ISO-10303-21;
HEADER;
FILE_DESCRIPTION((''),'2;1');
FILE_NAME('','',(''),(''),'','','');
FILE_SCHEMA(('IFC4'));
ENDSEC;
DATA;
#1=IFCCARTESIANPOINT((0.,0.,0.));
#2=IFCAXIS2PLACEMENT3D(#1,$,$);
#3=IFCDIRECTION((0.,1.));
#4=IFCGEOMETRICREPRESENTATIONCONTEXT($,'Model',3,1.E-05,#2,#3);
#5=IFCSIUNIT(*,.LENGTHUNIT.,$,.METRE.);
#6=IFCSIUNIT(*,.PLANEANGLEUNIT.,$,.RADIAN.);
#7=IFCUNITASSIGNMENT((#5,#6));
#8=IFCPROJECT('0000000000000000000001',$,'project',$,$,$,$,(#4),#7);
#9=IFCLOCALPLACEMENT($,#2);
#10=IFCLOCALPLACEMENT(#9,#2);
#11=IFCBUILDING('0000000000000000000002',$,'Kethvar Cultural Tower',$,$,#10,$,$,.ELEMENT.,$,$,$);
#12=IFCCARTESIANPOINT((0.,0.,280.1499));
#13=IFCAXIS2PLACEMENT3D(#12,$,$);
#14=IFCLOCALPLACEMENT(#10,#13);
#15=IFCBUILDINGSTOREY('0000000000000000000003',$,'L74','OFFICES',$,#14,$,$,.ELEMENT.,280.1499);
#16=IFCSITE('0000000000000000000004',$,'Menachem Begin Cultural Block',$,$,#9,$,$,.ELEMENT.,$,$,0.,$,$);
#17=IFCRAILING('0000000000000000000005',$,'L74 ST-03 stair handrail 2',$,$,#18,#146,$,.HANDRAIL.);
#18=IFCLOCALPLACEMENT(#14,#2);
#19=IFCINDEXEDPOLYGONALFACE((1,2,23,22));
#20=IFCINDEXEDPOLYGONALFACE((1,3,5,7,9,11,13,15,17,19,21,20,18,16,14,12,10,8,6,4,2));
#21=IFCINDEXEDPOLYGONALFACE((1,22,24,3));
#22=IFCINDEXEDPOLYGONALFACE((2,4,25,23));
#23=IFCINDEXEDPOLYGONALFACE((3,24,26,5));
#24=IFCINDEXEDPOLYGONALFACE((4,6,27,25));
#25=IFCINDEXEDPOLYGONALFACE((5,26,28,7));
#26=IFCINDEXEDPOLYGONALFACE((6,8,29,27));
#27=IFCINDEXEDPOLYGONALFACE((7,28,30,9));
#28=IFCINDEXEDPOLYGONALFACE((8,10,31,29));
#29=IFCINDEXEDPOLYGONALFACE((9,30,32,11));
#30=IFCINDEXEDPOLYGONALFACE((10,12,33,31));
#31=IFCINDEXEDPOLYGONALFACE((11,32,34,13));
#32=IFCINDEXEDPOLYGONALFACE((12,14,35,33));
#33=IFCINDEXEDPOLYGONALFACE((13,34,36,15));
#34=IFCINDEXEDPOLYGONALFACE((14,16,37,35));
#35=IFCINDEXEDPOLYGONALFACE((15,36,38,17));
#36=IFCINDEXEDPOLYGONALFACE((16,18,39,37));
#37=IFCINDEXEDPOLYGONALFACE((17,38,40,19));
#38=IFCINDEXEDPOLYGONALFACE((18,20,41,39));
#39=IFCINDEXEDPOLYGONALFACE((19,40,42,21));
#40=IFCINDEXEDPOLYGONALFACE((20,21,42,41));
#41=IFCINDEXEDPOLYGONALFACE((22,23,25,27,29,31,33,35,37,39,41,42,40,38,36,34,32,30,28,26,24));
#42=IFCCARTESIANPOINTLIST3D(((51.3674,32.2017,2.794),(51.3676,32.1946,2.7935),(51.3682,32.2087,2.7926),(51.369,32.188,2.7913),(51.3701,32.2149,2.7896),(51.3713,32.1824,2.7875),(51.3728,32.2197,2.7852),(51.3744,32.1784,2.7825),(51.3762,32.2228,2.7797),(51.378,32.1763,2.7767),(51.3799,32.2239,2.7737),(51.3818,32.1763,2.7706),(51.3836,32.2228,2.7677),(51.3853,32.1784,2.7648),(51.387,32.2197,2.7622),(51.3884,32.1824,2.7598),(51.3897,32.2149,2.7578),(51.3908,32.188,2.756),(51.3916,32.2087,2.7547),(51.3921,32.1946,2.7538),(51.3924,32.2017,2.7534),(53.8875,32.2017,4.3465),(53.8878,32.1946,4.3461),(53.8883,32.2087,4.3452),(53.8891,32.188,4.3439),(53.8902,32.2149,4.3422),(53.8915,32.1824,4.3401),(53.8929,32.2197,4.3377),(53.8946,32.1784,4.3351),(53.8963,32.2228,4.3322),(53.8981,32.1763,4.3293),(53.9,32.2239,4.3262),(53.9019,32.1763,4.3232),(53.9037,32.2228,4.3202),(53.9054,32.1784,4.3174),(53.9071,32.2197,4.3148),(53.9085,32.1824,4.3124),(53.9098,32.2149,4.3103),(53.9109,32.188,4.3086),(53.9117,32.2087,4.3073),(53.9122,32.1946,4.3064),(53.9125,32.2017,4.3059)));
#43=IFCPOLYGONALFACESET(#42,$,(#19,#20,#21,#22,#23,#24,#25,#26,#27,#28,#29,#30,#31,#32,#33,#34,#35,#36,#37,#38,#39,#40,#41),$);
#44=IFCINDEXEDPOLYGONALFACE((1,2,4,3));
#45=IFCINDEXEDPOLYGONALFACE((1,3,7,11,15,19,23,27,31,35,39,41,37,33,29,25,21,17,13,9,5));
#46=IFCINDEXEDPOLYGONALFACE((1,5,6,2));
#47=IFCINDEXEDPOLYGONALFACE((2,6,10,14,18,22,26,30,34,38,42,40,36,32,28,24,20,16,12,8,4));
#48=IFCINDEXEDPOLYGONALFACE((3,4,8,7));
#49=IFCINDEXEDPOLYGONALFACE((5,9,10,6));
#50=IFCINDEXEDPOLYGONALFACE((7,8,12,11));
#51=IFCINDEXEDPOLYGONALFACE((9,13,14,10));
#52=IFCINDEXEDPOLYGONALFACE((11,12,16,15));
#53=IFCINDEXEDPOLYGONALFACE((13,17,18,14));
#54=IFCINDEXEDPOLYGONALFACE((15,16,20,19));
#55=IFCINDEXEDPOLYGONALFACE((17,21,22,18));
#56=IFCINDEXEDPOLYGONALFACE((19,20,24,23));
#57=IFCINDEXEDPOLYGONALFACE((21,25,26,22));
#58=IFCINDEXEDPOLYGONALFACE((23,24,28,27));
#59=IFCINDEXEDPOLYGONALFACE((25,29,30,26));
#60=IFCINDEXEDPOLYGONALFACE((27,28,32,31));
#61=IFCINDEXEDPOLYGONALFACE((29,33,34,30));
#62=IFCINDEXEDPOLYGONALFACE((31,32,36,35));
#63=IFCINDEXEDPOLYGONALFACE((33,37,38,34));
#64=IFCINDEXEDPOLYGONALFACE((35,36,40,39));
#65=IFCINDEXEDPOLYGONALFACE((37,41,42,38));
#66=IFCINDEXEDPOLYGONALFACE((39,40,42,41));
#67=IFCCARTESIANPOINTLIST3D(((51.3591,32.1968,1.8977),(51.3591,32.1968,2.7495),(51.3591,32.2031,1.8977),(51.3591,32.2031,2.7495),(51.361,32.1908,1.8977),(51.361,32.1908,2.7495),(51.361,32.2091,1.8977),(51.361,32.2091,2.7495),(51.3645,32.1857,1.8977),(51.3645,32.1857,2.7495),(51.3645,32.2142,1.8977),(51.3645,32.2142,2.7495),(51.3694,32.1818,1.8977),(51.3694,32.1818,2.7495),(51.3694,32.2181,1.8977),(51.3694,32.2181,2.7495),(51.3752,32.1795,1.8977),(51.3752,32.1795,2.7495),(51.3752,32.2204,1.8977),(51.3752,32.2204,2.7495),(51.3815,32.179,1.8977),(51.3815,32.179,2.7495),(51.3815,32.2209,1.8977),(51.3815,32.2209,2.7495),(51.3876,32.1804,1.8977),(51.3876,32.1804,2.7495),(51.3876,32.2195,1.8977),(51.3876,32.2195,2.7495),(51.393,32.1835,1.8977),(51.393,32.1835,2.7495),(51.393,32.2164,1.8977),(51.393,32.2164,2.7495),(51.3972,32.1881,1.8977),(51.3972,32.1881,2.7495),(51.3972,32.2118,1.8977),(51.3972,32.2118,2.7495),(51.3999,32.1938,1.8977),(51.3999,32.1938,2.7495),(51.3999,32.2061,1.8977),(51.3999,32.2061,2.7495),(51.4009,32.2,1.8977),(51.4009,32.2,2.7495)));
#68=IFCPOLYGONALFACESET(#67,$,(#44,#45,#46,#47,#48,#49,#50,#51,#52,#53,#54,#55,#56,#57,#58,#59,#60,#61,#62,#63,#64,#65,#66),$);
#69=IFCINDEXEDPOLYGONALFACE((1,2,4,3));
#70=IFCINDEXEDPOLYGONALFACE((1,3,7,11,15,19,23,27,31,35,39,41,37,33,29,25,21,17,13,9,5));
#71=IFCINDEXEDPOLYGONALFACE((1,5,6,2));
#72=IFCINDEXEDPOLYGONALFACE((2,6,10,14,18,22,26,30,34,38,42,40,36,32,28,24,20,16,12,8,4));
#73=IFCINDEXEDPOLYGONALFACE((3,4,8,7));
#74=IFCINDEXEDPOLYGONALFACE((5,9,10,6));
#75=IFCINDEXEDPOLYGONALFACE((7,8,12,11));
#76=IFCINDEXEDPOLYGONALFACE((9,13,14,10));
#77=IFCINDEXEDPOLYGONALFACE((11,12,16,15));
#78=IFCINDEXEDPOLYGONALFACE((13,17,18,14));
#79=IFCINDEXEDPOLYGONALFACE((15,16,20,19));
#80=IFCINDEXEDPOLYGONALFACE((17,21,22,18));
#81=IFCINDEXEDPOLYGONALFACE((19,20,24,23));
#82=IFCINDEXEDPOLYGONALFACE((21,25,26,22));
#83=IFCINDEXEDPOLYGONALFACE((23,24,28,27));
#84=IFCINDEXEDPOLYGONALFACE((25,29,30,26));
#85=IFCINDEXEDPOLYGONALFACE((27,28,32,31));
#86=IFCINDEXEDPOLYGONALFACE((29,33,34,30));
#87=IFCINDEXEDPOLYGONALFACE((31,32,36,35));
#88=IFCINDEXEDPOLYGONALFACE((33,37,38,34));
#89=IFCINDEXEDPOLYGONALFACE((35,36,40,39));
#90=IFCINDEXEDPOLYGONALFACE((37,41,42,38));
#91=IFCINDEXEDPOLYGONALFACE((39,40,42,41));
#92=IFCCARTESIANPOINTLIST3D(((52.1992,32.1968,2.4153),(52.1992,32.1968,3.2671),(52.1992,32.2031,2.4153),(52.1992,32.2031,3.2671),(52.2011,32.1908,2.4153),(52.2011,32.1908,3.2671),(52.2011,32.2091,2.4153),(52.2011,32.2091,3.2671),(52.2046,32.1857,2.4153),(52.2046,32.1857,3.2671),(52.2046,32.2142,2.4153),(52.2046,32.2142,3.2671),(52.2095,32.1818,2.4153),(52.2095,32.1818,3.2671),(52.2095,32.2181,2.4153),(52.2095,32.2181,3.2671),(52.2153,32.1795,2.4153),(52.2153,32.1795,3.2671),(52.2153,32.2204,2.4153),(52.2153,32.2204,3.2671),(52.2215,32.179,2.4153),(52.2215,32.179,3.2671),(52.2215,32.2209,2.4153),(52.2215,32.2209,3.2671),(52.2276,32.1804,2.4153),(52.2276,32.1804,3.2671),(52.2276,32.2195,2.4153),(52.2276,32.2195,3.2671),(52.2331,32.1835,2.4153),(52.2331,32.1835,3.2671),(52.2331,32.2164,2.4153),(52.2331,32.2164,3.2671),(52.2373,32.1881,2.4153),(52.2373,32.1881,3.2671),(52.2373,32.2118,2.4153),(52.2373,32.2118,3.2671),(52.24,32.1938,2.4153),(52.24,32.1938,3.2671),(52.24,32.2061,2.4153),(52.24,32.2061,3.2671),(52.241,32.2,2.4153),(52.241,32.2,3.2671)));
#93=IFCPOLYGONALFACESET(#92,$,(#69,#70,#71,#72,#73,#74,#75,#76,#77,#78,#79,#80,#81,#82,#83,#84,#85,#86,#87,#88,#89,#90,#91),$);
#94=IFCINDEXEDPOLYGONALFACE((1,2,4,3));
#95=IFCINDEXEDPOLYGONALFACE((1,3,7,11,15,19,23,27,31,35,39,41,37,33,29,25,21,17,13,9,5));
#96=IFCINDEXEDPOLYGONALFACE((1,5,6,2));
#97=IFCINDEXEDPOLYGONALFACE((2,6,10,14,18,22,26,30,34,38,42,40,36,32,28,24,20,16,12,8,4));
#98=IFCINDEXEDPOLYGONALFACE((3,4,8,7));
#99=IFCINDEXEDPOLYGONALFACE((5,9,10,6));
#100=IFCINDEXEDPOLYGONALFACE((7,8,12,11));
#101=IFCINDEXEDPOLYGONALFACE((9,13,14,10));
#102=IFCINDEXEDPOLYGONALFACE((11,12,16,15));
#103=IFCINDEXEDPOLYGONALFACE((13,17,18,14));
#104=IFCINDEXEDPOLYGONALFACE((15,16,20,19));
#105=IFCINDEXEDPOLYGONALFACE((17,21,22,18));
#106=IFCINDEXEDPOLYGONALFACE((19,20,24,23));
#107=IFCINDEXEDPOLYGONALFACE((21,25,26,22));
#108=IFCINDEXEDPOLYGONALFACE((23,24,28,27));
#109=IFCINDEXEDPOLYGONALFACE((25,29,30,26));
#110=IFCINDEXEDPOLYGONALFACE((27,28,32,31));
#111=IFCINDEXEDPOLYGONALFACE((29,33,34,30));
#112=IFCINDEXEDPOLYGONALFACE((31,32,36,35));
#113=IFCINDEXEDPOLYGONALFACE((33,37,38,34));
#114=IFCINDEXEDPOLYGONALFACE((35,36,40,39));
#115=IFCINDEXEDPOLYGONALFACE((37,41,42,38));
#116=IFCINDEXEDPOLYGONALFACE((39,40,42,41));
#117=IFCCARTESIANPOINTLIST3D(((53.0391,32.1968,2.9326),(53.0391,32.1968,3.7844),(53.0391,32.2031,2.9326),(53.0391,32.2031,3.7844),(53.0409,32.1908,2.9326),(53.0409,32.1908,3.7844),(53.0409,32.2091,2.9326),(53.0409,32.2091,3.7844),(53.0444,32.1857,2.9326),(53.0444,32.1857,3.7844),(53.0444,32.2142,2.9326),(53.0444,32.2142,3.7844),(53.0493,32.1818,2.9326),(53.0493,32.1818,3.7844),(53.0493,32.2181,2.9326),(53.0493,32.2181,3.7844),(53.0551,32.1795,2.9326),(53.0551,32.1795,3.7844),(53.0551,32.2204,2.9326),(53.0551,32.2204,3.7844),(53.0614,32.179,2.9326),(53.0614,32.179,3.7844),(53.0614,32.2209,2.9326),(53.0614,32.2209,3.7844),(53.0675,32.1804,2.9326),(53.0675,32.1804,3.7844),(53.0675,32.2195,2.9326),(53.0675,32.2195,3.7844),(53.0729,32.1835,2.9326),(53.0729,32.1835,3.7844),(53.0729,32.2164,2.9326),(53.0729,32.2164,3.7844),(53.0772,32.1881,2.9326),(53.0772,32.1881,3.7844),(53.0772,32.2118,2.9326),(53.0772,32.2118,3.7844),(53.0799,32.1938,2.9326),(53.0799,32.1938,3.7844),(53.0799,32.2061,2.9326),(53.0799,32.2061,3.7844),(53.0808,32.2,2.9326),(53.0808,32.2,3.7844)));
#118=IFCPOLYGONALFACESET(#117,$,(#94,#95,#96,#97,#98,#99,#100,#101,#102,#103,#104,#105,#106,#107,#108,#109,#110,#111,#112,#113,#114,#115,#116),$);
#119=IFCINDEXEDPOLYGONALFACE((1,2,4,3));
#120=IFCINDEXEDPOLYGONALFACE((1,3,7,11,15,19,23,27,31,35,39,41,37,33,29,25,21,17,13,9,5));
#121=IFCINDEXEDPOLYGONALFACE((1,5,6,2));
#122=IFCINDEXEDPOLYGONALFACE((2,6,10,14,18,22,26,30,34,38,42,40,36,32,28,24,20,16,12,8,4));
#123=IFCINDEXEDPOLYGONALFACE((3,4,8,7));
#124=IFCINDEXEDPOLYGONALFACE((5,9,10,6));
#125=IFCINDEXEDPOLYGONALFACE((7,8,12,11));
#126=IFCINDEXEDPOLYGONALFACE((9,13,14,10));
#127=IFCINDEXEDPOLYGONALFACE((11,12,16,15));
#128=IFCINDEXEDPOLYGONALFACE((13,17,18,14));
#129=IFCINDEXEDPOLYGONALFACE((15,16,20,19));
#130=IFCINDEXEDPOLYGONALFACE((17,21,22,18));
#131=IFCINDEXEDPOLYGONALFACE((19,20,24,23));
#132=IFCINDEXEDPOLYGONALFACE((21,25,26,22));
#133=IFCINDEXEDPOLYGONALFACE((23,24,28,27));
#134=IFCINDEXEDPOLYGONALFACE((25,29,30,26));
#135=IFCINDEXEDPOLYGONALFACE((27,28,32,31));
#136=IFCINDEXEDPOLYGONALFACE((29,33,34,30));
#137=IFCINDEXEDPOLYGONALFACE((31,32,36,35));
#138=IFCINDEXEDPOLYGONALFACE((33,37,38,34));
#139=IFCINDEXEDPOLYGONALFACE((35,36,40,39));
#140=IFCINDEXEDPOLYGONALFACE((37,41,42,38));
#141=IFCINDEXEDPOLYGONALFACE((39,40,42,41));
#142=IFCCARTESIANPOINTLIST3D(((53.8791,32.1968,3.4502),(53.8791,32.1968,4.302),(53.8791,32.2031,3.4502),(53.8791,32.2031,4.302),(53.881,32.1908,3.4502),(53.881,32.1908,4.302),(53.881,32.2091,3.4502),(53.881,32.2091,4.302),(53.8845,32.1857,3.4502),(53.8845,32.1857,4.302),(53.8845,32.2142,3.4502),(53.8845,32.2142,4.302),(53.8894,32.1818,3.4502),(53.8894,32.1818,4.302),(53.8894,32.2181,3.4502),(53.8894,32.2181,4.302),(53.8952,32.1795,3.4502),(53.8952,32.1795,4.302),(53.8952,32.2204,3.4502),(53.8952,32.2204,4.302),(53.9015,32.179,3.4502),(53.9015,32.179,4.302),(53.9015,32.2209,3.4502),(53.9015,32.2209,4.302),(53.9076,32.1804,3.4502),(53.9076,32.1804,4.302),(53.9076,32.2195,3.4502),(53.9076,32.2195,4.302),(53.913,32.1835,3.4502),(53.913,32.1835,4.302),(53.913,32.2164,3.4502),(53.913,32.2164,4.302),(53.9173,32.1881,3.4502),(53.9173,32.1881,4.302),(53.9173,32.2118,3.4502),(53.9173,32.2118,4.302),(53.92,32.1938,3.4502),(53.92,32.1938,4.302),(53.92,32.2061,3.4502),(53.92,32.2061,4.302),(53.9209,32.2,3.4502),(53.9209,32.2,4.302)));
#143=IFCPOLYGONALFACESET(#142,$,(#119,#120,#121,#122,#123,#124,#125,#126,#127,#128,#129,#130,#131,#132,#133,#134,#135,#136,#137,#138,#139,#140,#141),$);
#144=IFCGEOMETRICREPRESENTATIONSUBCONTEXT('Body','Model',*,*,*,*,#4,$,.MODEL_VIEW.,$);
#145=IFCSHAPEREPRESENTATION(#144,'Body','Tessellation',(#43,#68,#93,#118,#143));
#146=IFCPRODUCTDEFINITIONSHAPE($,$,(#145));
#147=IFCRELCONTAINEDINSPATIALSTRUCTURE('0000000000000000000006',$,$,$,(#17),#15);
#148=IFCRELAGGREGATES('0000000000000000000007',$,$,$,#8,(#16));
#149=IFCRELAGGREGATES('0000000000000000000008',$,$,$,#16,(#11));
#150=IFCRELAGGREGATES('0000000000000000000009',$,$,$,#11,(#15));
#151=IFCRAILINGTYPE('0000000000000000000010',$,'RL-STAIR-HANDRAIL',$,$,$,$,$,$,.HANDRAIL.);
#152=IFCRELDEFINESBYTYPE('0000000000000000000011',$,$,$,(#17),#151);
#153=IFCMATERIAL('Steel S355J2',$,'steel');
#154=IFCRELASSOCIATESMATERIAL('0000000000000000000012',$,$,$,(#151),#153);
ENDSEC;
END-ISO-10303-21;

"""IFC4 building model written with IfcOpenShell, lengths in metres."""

from ifc_helpers import new_model, si_unit, direction, frame, origin, origin_2d, place, context, subcontext, project, spatial, circle, extrude, material, type_object, element, save


model = new_model("IFC4")

# Units and contexts
model_context = context("Model", 3, precision=1e-05, world=origin(), true_north=direction((0.0, 1.0)))
body_context = subcontext(model_context, "Body", "Model", "MODEL_VIEW")
ifc_project = project(units=[si_unit("LENGTHUNIT", "METRE"), si_unit("PLANEANGLEUNIT", "RADIAN")], contexts=[model_context])

# Site, building, storey
site_placement = place(None, origin())
site = spatial("IfcSite", under=ifc_project, at=site_placement, Name="Menachem Begin Cultural Block", CompositionType="ELEMENT", RefElevation=0.0)
building_placement = place(site_placement, origin())
building = spatial("IfcBuilding", under=site, at=building_placement, Name="Kethvar Cultural Tower", CompositionType="ELEMENT")
storey_placement = place(building_placement, frame((0.0, 0.0, 280.1499)))
storey = spatial("IfcBuildingStorey", under=building, at=storey_placement, Name="L74", Description="OFFICES", CompositionType="ELEMENT", Elevation=280.1499)

# Shared definitions
ifc_material_1 = material(Name="Steel S355J2", Category="steel")

# Railing
railing_type_1 = type_object("IfcRailingType", Name="RL-STAIR-HANDRAIL", PredefinedType="HANDRAIL", material=ifc_material_1)
railing_1_placement = place(storey_placement, frame((51.3799, 32.2, 1.8977)))
element("IfcRailing", 1, at=railing_1_placement, inside=storey, type_object=railing_type_1, Name="L74 ST-03 stair handrail 2", PredefinedType="HANDRAIL", context=body_context, shape_type="SweptSolid", body=[
    extrude(circle(Radius=0.0239, at=origin_2d()), frame((0.0, 0.0, 0.876), z_axis=(0.8514, 0.0, 0.524516), x_axis=(0.0, 1.0, 0.0)), (0.0, 0.0, 1.0), 2.96),
    extrude(circle(Radius=0.021, at=origin_2d()), origin(), (0.0, 0.0, 1.0), 0.8518),
    extrude(circle(Radius=0.021, at=origin_2d()), frame((0.8401, 0.0, 0.5176)), (0.0, 0.0, 1.0), 0.8518),
    extrude(circle(Radius=0.021, at=origin_2d()), frame((1.6799, 0.0, 1.0349)), (0.0, 0.0, 1.0), 0.8518),
    extrude(circle(Radius=0.021, at=origin_2d()), frame((2.52, 0.0, 1.5525)), (0.0, 0.0, 1.0), 0.8518),
])

save(model, "model.ifc")
